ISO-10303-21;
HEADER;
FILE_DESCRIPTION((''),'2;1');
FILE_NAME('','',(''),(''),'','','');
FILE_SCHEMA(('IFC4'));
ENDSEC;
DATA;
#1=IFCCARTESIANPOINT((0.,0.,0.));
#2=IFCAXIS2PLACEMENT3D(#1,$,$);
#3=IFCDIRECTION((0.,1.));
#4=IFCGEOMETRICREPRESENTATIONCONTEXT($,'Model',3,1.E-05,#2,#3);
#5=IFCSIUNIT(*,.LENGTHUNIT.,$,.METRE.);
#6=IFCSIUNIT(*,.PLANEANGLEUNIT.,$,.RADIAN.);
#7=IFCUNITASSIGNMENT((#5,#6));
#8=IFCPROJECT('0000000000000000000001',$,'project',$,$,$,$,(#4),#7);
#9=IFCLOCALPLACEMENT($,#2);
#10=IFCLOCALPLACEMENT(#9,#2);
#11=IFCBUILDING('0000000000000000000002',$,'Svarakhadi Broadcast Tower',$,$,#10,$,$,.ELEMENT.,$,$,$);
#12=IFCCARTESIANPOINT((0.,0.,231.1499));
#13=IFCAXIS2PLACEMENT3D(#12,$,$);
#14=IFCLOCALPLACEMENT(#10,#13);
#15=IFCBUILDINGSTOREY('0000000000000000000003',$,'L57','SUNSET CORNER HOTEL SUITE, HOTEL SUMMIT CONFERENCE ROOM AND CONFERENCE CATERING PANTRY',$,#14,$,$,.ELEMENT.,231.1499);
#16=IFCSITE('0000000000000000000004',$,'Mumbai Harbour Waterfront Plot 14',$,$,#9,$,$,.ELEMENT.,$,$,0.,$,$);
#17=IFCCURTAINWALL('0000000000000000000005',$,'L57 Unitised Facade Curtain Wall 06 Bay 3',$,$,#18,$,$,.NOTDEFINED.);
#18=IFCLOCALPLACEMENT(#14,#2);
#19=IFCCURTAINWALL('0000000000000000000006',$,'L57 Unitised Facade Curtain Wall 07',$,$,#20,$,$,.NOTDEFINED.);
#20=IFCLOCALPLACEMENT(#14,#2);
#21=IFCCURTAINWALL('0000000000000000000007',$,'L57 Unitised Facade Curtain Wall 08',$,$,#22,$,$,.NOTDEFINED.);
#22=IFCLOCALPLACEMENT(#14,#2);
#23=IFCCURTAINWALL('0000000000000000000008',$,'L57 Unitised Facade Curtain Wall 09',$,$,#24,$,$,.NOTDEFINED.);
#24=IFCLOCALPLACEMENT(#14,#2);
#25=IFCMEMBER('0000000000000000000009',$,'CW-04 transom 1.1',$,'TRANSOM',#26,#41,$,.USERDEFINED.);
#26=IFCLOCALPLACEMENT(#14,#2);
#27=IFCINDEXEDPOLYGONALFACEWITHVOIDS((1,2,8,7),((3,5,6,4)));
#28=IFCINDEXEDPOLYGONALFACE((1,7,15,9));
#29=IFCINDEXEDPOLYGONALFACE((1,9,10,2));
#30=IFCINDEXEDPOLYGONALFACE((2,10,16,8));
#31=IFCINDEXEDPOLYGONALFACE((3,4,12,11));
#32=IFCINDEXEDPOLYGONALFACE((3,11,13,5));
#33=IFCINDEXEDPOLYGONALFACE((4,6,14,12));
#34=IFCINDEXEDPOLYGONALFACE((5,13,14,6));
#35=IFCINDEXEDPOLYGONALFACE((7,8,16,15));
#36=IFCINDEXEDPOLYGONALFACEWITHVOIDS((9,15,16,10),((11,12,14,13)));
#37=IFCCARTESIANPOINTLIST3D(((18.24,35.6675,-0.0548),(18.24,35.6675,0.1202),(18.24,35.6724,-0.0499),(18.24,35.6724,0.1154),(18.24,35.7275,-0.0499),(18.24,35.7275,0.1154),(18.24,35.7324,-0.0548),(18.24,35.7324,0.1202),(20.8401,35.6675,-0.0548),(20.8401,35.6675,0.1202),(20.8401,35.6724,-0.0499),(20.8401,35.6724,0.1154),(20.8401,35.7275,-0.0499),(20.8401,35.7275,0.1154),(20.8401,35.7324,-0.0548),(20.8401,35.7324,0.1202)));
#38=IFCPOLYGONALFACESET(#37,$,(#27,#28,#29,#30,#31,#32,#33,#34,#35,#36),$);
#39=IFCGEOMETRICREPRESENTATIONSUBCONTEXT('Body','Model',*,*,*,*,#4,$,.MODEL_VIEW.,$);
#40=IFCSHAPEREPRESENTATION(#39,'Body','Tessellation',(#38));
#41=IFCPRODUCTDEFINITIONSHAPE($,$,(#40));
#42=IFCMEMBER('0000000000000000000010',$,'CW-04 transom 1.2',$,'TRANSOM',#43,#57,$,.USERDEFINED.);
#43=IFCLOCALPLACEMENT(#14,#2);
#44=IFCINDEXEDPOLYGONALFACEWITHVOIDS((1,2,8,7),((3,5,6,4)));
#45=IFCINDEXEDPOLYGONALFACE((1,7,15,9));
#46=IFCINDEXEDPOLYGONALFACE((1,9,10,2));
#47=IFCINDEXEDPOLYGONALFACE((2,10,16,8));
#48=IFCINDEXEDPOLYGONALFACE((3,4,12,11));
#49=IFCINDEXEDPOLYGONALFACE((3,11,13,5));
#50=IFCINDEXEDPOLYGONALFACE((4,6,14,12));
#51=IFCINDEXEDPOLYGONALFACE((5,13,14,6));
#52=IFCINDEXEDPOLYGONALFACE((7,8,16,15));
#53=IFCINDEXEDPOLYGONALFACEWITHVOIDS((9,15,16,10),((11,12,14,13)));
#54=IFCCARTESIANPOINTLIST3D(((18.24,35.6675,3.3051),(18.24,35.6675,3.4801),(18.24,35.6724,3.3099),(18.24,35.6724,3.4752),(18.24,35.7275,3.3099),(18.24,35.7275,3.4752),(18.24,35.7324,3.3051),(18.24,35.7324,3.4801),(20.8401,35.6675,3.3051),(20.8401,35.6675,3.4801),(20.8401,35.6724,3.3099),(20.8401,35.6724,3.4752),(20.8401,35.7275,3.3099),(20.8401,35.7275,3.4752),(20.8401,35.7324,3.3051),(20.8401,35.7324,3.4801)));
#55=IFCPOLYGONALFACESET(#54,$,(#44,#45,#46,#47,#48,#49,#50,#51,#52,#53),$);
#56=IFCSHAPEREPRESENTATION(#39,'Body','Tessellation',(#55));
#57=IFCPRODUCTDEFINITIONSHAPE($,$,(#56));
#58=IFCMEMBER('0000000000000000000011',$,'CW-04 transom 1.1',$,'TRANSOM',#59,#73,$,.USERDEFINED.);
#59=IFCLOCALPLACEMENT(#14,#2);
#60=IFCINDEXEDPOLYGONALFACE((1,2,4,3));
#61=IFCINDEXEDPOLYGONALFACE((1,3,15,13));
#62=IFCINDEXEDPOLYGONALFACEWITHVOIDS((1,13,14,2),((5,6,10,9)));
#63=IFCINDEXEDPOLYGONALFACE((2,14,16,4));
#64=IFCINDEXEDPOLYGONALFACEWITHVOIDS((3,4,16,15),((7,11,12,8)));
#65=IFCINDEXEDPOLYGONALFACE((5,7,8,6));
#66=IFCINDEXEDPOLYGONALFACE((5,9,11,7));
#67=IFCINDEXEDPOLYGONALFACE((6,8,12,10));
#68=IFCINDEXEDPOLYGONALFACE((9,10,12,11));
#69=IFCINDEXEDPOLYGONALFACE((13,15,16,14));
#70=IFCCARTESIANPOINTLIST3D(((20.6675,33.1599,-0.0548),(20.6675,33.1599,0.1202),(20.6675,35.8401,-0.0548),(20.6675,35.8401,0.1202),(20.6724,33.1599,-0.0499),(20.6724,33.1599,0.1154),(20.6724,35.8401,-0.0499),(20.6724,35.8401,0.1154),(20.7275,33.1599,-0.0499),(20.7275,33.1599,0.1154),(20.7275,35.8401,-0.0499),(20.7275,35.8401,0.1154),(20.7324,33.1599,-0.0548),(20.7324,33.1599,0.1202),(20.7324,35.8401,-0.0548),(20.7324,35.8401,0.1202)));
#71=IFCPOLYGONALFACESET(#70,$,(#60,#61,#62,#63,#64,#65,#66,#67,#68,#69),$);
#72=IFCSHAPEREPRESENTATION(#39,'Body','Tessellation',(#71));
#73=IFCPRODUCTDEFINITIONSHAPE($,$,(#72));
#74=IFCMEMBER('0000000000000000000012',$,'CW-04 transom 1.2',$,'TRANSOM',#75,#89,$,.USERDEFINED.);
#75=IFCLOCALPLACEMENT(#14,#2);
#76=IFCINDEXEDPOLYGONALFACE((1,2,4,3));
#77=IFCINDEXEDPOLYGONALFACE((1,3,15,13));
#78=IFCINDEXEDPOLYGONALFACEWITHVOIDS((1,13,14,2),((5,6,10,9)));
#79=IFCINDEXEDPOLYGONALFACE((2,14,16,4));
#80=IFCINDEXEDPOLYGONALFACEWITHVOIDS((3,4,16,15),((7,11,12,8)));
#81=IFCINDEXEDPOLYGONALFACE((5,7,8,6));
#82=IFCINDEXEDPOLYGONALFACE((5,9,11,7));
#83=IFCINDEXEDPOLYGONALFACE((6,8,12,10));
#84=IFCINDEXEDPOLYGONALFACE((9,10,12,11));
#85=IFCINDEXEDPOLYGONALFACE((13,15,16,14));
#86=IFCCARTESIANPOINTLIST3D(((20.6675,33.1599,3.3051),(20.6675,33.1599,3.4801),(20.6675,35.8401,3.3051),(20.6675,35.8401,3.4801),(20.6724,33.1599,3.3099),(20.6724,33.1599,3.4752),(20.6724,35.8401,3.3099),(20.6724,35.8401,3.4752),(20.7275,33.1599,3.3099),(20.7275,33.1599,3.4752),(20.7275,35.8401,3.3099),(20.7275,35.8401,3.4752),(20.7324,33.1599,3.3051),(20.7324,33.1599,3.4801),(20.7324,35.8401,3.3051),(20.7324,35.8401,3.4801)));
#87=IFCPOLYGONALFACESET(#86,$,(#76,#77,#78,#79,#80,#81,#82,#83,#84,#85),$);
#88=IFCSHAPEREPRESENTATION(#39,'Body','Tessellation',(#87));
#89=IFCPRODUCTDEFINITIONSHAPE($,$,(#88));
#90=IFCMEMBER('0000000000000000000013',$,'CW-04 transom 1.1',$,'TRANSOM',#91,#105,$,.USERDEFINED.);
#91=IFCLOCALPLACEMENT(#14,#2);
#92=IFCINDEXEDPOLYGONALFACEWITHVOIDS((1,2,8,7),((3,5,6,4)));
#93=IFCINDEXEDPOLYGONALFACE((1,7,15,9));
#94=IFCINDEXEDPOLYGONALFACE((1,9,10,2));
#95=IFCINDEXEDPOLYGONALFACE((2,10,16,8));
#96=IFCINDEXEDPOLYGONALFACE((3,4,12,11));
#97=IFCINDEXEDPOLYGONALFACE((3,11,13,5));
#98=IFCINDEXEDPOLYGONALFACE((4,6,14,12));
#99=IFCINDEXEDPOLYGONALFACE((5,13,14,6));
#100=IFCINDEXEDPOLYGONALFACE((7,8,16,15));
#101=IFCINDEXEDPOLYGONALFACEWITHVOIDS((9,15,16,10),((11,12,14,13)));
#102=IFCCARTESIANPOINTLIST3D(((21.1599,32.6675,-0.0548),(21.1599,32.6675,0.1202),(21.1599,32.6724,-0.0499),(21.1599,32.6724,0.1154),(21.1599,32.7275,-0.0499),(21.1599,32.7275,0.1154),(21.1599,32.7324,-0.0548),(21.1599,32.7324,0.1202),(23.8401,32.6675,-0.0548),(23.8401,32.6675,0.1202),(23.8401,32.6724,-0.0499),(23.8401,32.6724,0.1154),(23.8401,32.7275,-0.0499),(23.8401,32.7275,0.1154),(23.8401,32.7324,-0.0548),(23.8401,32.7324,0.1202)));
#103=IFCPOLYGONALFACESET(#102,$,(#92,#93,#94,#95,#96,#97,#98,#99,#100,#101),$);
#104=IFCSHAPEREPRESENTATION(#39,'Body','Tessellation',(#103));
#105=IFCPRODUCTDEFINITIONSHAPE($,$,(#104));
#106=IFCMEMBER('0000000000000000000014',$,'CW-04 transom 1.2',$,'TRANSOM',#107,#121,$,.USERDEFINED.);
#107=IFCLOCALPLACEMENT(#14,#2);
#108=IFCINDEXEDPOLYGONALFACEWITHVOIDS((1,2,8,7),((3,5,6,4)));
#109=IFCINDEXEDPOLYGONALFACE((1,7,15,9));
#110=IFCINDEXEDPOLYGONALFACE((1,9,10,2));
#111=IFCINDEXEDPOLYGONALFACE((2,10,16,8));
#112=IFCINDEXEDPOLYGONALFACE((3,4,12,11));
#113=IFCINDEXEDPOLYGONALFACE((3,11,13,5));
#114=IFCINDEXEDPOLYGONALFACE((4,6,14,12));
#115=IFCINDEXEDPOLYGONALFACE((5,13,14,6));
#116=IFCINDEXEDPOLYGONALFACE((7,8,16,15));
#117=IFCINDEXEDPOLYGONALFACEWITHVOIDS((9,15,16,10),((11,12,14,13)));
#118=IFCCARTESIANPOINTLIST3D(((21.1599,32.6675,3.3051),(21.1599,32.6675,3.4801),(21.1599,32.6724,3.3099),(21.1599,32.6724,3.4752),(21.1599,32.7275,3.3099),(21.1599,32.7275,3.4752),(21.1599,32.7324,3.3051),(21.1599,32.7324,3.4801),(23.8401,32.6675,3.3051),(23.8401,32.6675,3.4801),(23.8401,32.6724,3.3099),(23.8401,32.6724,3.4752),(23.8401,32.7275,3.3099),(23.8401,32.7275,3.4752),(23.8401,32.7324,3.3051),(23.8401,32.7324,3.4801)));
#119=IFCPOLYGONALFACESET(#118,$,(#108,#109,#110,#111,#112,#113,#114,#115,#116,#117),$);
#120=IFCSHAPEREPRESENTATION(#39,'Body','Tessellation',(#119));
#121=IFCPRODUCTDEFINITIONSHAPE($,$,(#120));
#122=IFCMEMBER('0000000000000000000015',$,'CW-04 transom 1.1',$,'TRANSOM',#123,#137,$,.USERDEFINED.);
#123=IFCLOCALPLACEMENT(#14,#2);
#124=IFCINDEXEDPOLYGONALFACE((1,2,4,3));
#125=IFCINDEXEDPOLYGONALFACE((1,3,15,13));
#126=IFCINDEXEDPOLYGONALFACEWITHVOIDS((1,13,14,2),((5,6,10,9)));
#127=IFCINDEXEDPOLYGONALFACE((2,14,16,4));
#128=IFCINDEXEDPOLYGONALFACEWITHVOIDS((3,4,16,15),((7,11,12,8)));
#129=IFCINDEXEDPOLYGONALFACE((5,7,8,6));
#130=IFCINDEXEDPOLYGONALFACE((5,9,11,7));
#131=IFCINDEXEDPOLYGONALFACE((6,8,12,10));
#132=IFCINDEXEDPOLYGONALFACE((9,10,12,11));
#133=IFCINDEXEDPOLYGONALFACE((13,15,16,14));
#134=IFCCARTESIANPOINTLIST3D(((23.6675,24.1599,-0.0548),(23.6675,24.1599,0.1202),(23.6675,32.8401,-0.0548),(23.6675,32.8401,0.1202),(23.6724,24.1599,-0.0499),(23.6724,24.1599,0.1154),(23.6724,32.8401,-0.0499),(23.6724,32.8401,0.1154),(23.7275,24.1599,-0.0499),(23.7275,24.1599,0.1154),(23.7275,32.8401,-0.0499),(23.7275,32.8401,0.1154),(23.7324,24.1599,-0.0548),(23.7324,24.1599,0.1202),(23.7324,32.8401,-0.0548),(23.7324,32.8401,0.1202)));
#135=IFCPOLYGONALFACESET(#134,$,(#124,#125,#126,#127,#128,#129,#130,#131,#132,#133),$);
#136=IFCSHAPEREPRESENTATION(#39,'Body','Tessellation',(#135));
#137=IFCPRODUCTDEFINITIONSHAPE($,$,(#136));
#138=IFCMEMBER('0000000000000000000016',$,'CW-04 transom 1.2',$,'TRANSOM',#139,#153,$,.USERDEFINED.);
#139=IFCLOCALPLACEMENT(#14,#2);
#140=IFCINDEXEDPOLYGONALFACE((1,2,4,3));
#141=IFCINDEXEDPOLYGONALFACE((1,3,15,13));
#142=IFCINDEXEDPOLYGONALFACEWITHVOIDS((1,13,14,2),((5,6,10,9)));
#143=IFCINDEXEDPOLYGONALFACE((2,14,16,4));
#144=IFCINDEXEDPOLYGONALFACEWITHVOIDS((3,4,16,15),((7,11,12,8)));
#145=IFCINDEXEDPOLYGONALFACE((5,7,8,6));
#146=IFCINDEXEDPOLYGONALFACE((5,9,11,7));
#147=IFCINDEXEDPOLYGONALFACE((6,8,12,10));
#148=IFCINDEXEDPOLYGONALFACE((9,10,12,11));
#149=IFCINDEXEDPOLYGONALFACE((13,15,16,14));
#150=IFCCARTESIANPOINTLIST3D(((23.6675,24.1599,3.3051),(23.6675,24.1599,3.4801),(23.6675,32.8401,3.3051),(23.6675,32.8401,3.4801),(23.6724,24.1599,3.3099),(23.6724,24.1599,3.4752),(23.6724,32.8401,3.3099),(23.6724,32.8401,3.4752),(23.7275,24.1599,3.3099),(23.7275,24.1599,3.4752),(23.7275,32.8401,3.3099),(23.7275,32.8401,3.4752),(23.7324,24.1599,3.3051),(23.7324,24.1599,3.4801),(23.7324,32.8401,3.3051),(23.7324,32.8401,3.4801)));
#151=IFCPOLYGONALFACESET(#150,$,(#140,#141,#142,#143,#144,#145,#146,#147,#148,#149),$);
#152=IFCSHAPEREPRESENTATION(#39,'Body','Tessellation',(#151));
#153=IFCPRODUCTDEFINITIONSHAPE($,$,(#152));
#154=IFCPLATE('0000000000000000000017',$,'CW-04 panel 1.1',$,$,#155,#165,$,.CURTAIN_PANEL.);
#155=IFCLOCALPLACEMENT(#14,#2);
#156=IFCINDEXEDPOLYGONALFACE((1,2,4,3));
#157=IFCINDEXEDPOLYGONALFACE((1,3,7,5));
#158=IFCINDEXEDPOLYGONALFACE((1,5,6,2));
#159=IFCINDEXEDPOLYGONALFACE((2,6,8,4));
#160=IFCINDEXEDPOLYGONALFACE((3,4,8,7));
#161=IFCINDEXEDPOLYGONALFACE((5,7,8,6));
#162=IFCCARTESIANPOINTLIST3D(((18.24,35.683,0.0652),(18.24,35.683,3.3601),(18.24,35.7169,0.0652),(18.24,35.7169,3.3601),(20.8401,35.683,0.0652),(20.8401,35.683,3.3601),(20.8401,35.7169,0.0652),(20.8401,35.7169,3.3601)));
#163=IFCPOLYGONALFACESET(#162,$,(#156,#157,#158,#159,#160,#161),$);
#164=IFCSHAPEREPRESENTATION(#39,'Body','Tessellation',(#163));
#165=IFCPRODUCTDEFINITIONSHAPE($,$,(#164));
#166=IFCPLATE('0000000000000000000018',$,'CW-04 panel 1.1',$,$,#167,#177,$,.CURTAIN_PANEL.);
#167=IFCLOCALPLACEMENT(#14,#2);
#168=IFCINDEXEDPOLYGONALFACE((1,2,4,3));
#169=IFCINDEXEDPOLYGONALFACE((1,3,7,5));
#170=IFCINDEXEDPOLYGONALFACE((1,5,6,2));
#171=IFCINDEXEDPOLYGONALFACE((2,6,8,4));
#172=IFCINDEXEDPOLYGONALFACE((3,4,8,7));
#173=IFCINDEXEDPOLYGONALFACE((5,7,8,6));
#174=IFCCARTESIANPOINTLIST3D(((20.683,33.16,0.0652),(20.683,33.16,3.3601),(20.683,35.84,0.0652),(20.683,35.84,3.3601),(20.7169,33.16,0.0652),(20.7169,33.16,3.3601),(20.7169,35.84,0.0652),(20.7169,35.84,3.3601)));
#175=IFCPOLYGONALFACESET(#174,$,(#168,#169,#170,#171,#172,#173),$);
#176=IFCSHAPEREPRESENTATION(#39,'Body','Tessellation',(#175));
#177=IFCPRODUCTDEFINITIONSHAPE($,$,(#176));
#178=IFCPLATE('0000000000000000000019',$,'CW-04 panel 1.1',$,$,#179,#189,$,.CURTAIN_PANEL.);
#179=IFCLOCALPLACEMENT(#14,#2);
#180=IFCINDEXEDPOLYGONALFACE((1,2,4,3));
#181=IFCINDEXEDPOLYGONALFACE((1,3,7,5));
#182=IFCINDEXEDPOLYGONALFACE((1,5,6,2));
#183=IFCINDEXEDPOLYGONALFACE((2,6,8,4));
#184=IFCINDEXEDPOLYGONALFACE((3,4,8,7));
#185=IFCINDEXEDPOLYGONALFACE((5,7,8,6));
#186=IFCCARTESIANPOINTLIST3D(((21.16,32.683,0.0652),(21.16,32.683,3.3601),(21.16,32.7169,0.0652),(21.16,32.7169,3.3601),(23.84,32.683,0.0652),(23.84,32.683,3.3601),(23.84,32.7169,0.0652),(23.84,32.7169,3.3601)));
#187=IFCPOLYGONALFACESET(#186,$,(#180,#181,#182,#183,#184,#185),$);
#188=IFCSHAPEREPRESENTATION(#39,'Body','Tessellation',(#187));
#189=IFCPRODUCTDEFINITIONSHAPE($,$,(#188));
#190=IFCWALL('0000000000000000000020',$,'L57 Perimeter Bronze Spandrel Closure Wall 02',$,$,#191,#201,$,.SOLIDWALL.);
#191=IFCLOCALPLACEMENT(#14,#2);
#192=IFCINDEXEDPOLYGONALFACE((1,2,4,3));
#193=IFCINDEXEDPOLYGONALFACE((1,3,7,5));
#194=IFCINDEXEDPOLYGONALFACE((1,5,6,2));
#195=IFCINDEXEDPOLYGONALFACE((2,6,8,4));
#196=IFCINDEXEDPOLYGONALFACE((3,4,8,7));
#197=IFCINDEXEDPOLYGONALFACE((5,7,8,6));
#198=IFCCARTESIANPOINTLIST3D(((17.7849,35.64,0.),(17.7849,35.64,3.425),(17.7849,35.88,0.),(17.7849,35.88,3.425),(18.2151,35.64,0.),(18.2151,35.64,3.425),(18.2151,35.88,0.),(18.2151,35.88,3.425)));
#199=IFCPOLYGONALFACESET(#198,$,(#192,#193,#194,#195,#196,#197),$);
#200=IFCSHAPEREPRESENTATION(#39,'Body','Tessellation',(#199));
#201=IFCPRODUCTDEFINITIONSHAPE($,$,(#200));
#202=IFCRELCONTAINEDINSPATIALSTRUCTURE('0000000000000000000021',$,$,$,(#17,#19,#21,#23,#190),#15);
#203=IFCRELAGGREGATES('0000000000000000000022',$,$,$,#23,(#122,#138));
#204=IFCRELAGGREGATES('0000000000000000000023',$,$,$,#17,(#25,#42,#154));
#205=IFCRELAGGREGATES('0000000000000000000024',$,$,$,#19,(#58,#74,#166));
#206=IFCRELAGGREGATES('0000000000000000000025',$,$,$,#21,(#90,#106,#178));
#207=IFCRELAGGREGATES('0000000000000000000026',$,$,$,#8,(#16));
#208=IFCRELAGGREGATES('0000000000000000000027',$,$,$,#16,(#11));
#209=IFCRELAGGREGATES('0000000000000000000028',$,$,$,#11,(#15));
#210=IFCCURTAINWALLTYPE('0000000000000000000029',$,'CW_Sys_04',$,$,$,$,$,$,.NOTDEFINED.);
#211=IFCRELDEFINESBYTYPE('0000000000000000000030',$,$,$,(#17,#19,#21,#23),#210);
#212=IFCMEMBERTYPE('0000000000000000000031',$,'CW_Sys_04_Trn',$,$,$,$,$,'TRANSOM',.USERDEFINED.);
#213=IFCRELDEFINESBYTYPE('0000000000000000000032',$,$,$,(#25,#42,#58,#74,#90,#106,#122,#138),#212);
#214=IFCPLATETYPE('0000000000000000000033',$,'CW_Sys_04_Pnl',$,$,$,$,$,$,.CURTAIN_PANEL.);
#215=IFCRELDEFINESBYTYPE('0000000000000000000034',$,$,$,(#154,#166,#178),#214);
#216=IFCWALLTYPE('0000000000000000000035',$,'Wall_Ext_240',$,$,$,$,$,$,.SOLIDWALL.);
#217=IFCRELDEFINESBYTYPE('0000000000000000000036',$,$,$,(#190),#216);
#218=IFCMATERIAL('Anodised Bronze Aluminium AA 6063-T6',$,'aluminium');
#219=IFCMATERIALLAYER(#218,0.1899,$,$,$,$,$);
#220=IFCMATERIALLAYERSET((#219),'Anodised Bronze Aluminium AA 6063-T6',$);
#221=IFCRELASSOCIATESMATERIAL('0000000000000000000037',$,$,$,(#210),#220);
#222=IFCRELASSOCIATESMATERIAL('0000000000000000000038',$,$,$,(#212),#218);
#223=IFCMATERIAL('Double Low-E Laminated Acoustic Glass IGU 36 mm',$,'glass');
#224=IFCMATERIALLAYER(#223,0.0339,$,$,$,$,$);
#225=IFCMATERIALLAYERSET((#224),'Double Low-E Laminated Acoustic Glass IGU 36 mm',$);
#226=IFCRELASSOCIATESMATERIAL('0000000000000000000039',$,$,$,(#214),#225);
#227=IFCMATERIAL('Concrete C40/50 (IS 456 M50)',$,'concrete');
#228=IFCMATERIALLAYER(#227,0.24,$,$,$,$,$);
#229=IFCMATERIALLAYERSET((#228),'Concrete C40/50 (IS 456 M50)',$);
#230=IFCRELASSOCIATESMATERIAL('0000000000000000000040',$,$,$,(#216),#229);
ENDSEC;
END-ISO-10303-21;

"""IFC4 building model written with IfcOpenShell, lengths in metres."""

from ifc_helpers import new_model, si_unit, direction, frame, frame_2d, origin, origin_2d, place, context, subcontext, project, spatial, rectangle, hollow_rectangle, extrude, material, layer, layer_set, material_profile, profile_set, type_object, element, aggregate, save


model = new_model("IFC4")

# Units and contexts
model_context = context("Model", 3, precision=1e-05, world=origin(), true_north=direction((0.0, 1.0)))
body_context = subcontext(model_context, "Body", "Model", "MODEL_VIEW")
ifc_project = project(units=[si_unit("LENGTHUNIT", "METRE"), si_unit("PLANEANGLEUNIT", "RADIAN")], contexts=[model_context])

# Site, building, storey
site_placement = place(None, origin())
site = spatial("IfcSite", under=ifc_project, at=site_placement, Name="Mumbai Harbour Waterfront Plot 14", CompositionType="ELEMENT", RefElevation=0.0)
building_placement = place(site_placement, origin())
building = spatial("IfcBuilding", under=site, at=building_placement, Name="Svarakhadi Broadcast Tower", CompositionType="ELEMENT")
storey_placement = place(building_placement, frame((0.0, 0.0, 231.1499)))
storey = spatial("IfcBuildingStorey", under=building, at=storey_placement, Name="L57", Description="SUNSET CORNER HOTEL SUITE, HOTEL SUMMIT CONFERENCE ROOM AND CONFERENCE CATERING PANTRY", CompositionType="ELEMENT", Elevation=231.1499)

# Shared definitions
ifc_material_1 = material(Name="Anodised Bronze Aluminium AA 6063-T6", Category="aluminium")
ifc_layer_1 = layer(ifc_material_1, 0.1899)
ifc_layer_set_1 = layer_set([ifc_layer_1], Name="Anodised Bronze Aluminium AA 6063-T6")
curtain_wall_type = type_object("IfcCurtainWallType", Name="CW_Sys_04", PredefinedType="NOTDEFINED", material=ifc_layer_set_1)

# Curtain walls
curtain_wall_1_placement = place(storey_placement, origin())
curtain_wall_1 = element("IfcCurtainWall", 1, at=curtain_wall_1_placement, inside=storey, type_object=curtain_wall_type, Name="L57 Unitised Facade Curtain Wall 06 Bay 3", PredefinedType="NOTDEFINED")
curtain_wall_2_placement = place(storey_placement, origin())
curtain_wall_2 = element("IfcCurtainWall", 2, at=curtain_wall_2_placement, inside=storey, type_object=curtain_wall_type, Name="L57 Unitised Facade Curtain Wall 07", PredefinedType="NOTDEFINED")
curtain_wall_3_placement = place(storey_placement, origin())
curtain_wall_3 = element("IfcCurtainWall", 3, at=curtain_wall_3_placement, inside=storey, type_object=curtain_wall_type, Name="L57 Unitised Facade Curtain Wall 08", PredefinedType="NOTDEFINED")

# Curtain wall
curtain_wall_4_placement = place(storey_placement, origin())
curtain_wall_4 = element("IfcCurtainWall", 4, at=curtain_wall_4_placement, inside=storey, type_object=curtain_wall_type, Name="L57 Unitised Facade Curtain Wall 09", PredefinedType="NOTDEFINED")

# Members
ifc_material_profile_1 = material_profile(ifc_material_1, hollow_rectangle(XDim=0.0649, YDim=0.175, WallThickness=0.0049, at=origin_2d()), Name="ALU TRANSOM 175x65x5")
ifc_profile_set_1 = profile_set([ifc_material_profile_1], Name="Anodised Bronze Aluminium AA 6063-T6")
member_type_1 = type_object("IfcMemberType", Name="CW_Sys_04_Trn", ElementType="TRANSOM", PredefinedType="USERDEFINED", material=ifc_profile_set_1)
member_1_placement = place(storey_placement, frame((18.24, 35.7, 0.0327), z_axis=(1.0, 0.0, 0.0), x_axis=(0.0, 1.0, 0.0)))
member_1 = element("IfcMember", 5, at=member_1_placement, type_object=member_type_1, Name="CW-04 transom 1.1", ObjectType="TRANSOM", PredefinedType="USERDEFINED", context=body_context, shape_type="SweptSolid", body=[
    extrude(hollow_rectangle(XDim=0.0649, YDim=0.175, WallThickness=0.0049, at=origin_2d()), origin(), (0.0, 0.0, 1.0), 2.6001),
])
member_2_placement = place(storey_placement, frame((18.24, 35.7, 3.3926), z_axis=(1.0, 0.0, 0.0), x_axis=(0.0, 1.0, 0.0)))
member_2 = element("IfcMember", 6, at=member_2_placement, type_object=member_type_1, Name="CW-04 transom 1.2", ObjectType="TRANSOM", PredefinedType="USERDEFINED", context=body_context, shape_type="SweptSolid", body=[
    extrude(hollow_rectangle(XDim=0.0649, YDim=0.175, WallThickness=0.0049, at=origin_2d()), origin(), (0.0, 0.0, 1.0), 2.6001),
])
member_3_placement = place(storey_placement, frame((20.7, 35.8401, 0.0327), z_axis=(0.0, -1.0, 0.0), x_axis=(1.0, 0.0, 0.0)))
member_3 = element("IfcMember", 7, at=member_3_placement, type_object=member_type_1, Name="CW-04 transom 1.1", ObjectType="TRANSOM", PredefinedType="USERDEFINED", context=body_context, shape_type="SweptSolid", body=[
    extrude(hollow_rectangle(XDim=0.0649, YDim=0.175, WallThickness=0.0049, at=origin_2d()), origin(), (0.0, 0.0, 1.0), 2.6802),
])
member_4_placement = place(storey_placement, frame((20.7, 35.8401, 3.3926), z_axis=(0.0, -1.0, 0.0), x_axis=(1.0, 0.0, 0.0)))
member_4 = element("IfcMember", 8, at=member_4_placement, type_object=member_type_1, Name="CW-04 transom 1.2", ObjectType="TRANSOM", PredefinedType="USERDEFINED", context=body_context, shape_type="SweptSolid", body=[
    extrude(hollow_rectangle(XDim=0.0649, YDim=0.175, WallThickness=0.0049, at=origin_2d()), origin(), (0.0, 0.0, 1.0), 2.6802),
])
member_5_placement = place(storey_placement, frame((21.1599, 32.7, 0.0327), z_axis=(1.0, 0.0, 0.0), x_axis=(0.0, 1.0, 0.0)))
member_5 = element("IfcMember", 9, at=member_5_placement, type_object=member_type_1, Name="CW-04 transom 1.1", ObjectType="TRANSOM", PredefinedType="USERDEFINED", context=body_context, shape_type="SweptSolid", body=[
    extrude(hollow_rectangle(XDim=0.0649, YDim=0.175, WallThickness=0.0049, at=origin_2d()), origin(), (0.0, 0.0, 1.0), 2.6802),
])
member_6_placement = place(storey_placement, frame((21.1599, 32.7, 3.3926), z_axis=(1.0, 0.0, 0.0), x_axis=(0.0, 1.0, 0.0)))
member_6 = element("IfcMember", 10, at=member_6_placement, type_object=member_type_1, Name="CW-04 transom 1.2", ObjectType="TRANSOM", PredefinedType="USERDEFINED", context=body_context, shape_type="SweptSolid", body=[
    extrude(hollow_rectangle(XDim=0.0649, YDim=0.175, WallThickness=0.0049, at=origin_2d()), origin(), (0.0, 0.0, 1.0), 2.6802),
])
member_7_placement = place(storey_placement, frame((23.7, 32.8401, 0.0327), z_axis=(0.0, -1.0, 0.0), x_axis=(1.0, 0.0, 0.0)))
member_7 = element("IfcMember", 11, at=member_7_placement, type_object=member_type_1, Name="CW-04 transom 1.1", ObjectType="TRANSOM", PredefinedType="USERDEFINED", context=body_context, shape_type="SweptSolid", body=[
    extrude(hollow_rectangle(XDim=0.0649, YDim=0.175, WallThickness=0.0049, at=origin_2d()), origin(), (0.0, 0.0, 1.0), 8.6802),
])
member_8_placement = place(storey_placement, frame((23.7, 32.8401, 3.3926), z_axis=(0.0, -1.0, 0.0), x_axis=(1.0, 0.0, 0.0)))
member_8 = element("IfcMember", 12, at=member_8_placement, type_object=member_type_1, Name="CW-04 transom 1.2", ObjectType="TRANSOM", PredefinedType="USERDEFINED", context=body_context, shape_type="SweptSolid", body=[
    extrude(hollow_rectangle(XDim=0.0649, YDim=0.175, WallThickness=0.0049, at=origin_2d()), origin(), (0.0, 0.0, 1.0), 8.6802),
])
aggregate(curtain_wall_4, [member_7, member_8])

# Plates
ifc_material_2 = material(Name="Double Low-E Laminated Acoustic Glass IGU 36 mm", Category="glass")
ifc_layer_2 = layer(ifc_material_2, 0.0339)
ifc_layer_set_2 = layer_set([ifc_layer_2], Name="Double Low-E Laminated Acoustic Glass IGU 36 mm")
plate_type = type_object("IfcPlateType", Name="CW_Sys_04_Pnl", PredefinedType="CURTAIN_PANEL", material=ifc_layer_set_2)
plate_1_placement = place(storey_placement, frame((19.54, 35.7, 0.0652), z_axis=(0.0, 0.0, 1.0), x_axis=(1.0, 0.0, 0.0)))
plate_1 = element("IfcPlate", 13, at=plate_1_placement, type_object=plate_type, Name="CW-04 panel 1.1", PredefinedType="CURTAIN_PANEL", context=body_context, shape_type="SweptSolid", body=[
    extrude(rectangle(XDim=2.6001, YDim=0.0339, at=origin_2d()), origin(), (0.0, 0.0, 1.0), 3.2949),
])
aggregate(curtain_wall_1, [member_1, member_2, plate_1])
plate_2_placement = place(storey_placement, frame((20.7, 34.5, 0.0652), z_axis=(0.0, 0.0, 1.0), x_axis=(0.0, -1.0, 0.0)))
plate_2 = element("IfcPlate", 14, at=plate_2_placement, type_object=plate_type, Name="CW-04 panel 1.1", PredefinedType="CURTAIN_PANEL", context=body_context, shape_type="SweptSolid", body=[
    extrude(rectangle(XDim=2.6799, YDim=0.0339, at=origin_2d()), origin(), (0.0, 0.0, 1.0), 3.2949),
])
aggregate(curtain_wall_2, [member_3, member_4, plate_2])
plate_3_placement = place(storey_placement, frame((22.5, 32.7, 0.0652), z_axis=(0.0, 0.0, 1.0), x_axis=(1.0, 0.0, 0.0)))
plate_3 = element("IfcPlate", 15, at=plate_3_placement, type_object=plate_type, Name="CW-04 panel 1.1", PredefinedType="CURTAIN_PANEL", context=body_context, shape_type="SweptSolid", body=[
    extrude(rectangle(XDim=2.6799, YDim=0.0339, at=origin_2d()), origin(), (0.0, 0.0, 1.0), 3.2949),
])
aggregate(curtain_wall_3, [member_5, member_6, plate_3])

# Wall
ifc_material_3 = material(Name="Concrete C40/50 (IS 456 M50)", Category="concrete")
ifc_layer_3 = layer(ifc_material_3, 0.24)
ifc_layer_set_3 = layer_set([ifc_layer_3], Name="Concrete C40/50 (IS 456 M50)")
wall_type_1 = type_object("IfcWallType", Name="Wall_Ext_240", PredefinedType="SOLIDWALL", material=ifc_layer_set_3)
wall_1_placement = place(storey_placement, frame((17.7849, 35.76, 0.0), z_axis=(0.0, 0.0, 1.0), x_axis=(1.0, 0.0, 0.0)))
element("IfcWall", 16, at=wall_1_placement, inside=storey, type_object=wall_type_1, Name="L57 Perimeter Bronze Spandrel Closure Wall 02", PredefinedType="SOLIDWALL", context=body_context, shape_type="SweptSolid", body=[
    extrude(rectangle(XDim=0.4302, YDim=0.24, at=frame_2d((0.2151, 0.0))), origin(), (0.0, 0.0, 1.0), 3.425),
])

save(model, "model.ifc")
